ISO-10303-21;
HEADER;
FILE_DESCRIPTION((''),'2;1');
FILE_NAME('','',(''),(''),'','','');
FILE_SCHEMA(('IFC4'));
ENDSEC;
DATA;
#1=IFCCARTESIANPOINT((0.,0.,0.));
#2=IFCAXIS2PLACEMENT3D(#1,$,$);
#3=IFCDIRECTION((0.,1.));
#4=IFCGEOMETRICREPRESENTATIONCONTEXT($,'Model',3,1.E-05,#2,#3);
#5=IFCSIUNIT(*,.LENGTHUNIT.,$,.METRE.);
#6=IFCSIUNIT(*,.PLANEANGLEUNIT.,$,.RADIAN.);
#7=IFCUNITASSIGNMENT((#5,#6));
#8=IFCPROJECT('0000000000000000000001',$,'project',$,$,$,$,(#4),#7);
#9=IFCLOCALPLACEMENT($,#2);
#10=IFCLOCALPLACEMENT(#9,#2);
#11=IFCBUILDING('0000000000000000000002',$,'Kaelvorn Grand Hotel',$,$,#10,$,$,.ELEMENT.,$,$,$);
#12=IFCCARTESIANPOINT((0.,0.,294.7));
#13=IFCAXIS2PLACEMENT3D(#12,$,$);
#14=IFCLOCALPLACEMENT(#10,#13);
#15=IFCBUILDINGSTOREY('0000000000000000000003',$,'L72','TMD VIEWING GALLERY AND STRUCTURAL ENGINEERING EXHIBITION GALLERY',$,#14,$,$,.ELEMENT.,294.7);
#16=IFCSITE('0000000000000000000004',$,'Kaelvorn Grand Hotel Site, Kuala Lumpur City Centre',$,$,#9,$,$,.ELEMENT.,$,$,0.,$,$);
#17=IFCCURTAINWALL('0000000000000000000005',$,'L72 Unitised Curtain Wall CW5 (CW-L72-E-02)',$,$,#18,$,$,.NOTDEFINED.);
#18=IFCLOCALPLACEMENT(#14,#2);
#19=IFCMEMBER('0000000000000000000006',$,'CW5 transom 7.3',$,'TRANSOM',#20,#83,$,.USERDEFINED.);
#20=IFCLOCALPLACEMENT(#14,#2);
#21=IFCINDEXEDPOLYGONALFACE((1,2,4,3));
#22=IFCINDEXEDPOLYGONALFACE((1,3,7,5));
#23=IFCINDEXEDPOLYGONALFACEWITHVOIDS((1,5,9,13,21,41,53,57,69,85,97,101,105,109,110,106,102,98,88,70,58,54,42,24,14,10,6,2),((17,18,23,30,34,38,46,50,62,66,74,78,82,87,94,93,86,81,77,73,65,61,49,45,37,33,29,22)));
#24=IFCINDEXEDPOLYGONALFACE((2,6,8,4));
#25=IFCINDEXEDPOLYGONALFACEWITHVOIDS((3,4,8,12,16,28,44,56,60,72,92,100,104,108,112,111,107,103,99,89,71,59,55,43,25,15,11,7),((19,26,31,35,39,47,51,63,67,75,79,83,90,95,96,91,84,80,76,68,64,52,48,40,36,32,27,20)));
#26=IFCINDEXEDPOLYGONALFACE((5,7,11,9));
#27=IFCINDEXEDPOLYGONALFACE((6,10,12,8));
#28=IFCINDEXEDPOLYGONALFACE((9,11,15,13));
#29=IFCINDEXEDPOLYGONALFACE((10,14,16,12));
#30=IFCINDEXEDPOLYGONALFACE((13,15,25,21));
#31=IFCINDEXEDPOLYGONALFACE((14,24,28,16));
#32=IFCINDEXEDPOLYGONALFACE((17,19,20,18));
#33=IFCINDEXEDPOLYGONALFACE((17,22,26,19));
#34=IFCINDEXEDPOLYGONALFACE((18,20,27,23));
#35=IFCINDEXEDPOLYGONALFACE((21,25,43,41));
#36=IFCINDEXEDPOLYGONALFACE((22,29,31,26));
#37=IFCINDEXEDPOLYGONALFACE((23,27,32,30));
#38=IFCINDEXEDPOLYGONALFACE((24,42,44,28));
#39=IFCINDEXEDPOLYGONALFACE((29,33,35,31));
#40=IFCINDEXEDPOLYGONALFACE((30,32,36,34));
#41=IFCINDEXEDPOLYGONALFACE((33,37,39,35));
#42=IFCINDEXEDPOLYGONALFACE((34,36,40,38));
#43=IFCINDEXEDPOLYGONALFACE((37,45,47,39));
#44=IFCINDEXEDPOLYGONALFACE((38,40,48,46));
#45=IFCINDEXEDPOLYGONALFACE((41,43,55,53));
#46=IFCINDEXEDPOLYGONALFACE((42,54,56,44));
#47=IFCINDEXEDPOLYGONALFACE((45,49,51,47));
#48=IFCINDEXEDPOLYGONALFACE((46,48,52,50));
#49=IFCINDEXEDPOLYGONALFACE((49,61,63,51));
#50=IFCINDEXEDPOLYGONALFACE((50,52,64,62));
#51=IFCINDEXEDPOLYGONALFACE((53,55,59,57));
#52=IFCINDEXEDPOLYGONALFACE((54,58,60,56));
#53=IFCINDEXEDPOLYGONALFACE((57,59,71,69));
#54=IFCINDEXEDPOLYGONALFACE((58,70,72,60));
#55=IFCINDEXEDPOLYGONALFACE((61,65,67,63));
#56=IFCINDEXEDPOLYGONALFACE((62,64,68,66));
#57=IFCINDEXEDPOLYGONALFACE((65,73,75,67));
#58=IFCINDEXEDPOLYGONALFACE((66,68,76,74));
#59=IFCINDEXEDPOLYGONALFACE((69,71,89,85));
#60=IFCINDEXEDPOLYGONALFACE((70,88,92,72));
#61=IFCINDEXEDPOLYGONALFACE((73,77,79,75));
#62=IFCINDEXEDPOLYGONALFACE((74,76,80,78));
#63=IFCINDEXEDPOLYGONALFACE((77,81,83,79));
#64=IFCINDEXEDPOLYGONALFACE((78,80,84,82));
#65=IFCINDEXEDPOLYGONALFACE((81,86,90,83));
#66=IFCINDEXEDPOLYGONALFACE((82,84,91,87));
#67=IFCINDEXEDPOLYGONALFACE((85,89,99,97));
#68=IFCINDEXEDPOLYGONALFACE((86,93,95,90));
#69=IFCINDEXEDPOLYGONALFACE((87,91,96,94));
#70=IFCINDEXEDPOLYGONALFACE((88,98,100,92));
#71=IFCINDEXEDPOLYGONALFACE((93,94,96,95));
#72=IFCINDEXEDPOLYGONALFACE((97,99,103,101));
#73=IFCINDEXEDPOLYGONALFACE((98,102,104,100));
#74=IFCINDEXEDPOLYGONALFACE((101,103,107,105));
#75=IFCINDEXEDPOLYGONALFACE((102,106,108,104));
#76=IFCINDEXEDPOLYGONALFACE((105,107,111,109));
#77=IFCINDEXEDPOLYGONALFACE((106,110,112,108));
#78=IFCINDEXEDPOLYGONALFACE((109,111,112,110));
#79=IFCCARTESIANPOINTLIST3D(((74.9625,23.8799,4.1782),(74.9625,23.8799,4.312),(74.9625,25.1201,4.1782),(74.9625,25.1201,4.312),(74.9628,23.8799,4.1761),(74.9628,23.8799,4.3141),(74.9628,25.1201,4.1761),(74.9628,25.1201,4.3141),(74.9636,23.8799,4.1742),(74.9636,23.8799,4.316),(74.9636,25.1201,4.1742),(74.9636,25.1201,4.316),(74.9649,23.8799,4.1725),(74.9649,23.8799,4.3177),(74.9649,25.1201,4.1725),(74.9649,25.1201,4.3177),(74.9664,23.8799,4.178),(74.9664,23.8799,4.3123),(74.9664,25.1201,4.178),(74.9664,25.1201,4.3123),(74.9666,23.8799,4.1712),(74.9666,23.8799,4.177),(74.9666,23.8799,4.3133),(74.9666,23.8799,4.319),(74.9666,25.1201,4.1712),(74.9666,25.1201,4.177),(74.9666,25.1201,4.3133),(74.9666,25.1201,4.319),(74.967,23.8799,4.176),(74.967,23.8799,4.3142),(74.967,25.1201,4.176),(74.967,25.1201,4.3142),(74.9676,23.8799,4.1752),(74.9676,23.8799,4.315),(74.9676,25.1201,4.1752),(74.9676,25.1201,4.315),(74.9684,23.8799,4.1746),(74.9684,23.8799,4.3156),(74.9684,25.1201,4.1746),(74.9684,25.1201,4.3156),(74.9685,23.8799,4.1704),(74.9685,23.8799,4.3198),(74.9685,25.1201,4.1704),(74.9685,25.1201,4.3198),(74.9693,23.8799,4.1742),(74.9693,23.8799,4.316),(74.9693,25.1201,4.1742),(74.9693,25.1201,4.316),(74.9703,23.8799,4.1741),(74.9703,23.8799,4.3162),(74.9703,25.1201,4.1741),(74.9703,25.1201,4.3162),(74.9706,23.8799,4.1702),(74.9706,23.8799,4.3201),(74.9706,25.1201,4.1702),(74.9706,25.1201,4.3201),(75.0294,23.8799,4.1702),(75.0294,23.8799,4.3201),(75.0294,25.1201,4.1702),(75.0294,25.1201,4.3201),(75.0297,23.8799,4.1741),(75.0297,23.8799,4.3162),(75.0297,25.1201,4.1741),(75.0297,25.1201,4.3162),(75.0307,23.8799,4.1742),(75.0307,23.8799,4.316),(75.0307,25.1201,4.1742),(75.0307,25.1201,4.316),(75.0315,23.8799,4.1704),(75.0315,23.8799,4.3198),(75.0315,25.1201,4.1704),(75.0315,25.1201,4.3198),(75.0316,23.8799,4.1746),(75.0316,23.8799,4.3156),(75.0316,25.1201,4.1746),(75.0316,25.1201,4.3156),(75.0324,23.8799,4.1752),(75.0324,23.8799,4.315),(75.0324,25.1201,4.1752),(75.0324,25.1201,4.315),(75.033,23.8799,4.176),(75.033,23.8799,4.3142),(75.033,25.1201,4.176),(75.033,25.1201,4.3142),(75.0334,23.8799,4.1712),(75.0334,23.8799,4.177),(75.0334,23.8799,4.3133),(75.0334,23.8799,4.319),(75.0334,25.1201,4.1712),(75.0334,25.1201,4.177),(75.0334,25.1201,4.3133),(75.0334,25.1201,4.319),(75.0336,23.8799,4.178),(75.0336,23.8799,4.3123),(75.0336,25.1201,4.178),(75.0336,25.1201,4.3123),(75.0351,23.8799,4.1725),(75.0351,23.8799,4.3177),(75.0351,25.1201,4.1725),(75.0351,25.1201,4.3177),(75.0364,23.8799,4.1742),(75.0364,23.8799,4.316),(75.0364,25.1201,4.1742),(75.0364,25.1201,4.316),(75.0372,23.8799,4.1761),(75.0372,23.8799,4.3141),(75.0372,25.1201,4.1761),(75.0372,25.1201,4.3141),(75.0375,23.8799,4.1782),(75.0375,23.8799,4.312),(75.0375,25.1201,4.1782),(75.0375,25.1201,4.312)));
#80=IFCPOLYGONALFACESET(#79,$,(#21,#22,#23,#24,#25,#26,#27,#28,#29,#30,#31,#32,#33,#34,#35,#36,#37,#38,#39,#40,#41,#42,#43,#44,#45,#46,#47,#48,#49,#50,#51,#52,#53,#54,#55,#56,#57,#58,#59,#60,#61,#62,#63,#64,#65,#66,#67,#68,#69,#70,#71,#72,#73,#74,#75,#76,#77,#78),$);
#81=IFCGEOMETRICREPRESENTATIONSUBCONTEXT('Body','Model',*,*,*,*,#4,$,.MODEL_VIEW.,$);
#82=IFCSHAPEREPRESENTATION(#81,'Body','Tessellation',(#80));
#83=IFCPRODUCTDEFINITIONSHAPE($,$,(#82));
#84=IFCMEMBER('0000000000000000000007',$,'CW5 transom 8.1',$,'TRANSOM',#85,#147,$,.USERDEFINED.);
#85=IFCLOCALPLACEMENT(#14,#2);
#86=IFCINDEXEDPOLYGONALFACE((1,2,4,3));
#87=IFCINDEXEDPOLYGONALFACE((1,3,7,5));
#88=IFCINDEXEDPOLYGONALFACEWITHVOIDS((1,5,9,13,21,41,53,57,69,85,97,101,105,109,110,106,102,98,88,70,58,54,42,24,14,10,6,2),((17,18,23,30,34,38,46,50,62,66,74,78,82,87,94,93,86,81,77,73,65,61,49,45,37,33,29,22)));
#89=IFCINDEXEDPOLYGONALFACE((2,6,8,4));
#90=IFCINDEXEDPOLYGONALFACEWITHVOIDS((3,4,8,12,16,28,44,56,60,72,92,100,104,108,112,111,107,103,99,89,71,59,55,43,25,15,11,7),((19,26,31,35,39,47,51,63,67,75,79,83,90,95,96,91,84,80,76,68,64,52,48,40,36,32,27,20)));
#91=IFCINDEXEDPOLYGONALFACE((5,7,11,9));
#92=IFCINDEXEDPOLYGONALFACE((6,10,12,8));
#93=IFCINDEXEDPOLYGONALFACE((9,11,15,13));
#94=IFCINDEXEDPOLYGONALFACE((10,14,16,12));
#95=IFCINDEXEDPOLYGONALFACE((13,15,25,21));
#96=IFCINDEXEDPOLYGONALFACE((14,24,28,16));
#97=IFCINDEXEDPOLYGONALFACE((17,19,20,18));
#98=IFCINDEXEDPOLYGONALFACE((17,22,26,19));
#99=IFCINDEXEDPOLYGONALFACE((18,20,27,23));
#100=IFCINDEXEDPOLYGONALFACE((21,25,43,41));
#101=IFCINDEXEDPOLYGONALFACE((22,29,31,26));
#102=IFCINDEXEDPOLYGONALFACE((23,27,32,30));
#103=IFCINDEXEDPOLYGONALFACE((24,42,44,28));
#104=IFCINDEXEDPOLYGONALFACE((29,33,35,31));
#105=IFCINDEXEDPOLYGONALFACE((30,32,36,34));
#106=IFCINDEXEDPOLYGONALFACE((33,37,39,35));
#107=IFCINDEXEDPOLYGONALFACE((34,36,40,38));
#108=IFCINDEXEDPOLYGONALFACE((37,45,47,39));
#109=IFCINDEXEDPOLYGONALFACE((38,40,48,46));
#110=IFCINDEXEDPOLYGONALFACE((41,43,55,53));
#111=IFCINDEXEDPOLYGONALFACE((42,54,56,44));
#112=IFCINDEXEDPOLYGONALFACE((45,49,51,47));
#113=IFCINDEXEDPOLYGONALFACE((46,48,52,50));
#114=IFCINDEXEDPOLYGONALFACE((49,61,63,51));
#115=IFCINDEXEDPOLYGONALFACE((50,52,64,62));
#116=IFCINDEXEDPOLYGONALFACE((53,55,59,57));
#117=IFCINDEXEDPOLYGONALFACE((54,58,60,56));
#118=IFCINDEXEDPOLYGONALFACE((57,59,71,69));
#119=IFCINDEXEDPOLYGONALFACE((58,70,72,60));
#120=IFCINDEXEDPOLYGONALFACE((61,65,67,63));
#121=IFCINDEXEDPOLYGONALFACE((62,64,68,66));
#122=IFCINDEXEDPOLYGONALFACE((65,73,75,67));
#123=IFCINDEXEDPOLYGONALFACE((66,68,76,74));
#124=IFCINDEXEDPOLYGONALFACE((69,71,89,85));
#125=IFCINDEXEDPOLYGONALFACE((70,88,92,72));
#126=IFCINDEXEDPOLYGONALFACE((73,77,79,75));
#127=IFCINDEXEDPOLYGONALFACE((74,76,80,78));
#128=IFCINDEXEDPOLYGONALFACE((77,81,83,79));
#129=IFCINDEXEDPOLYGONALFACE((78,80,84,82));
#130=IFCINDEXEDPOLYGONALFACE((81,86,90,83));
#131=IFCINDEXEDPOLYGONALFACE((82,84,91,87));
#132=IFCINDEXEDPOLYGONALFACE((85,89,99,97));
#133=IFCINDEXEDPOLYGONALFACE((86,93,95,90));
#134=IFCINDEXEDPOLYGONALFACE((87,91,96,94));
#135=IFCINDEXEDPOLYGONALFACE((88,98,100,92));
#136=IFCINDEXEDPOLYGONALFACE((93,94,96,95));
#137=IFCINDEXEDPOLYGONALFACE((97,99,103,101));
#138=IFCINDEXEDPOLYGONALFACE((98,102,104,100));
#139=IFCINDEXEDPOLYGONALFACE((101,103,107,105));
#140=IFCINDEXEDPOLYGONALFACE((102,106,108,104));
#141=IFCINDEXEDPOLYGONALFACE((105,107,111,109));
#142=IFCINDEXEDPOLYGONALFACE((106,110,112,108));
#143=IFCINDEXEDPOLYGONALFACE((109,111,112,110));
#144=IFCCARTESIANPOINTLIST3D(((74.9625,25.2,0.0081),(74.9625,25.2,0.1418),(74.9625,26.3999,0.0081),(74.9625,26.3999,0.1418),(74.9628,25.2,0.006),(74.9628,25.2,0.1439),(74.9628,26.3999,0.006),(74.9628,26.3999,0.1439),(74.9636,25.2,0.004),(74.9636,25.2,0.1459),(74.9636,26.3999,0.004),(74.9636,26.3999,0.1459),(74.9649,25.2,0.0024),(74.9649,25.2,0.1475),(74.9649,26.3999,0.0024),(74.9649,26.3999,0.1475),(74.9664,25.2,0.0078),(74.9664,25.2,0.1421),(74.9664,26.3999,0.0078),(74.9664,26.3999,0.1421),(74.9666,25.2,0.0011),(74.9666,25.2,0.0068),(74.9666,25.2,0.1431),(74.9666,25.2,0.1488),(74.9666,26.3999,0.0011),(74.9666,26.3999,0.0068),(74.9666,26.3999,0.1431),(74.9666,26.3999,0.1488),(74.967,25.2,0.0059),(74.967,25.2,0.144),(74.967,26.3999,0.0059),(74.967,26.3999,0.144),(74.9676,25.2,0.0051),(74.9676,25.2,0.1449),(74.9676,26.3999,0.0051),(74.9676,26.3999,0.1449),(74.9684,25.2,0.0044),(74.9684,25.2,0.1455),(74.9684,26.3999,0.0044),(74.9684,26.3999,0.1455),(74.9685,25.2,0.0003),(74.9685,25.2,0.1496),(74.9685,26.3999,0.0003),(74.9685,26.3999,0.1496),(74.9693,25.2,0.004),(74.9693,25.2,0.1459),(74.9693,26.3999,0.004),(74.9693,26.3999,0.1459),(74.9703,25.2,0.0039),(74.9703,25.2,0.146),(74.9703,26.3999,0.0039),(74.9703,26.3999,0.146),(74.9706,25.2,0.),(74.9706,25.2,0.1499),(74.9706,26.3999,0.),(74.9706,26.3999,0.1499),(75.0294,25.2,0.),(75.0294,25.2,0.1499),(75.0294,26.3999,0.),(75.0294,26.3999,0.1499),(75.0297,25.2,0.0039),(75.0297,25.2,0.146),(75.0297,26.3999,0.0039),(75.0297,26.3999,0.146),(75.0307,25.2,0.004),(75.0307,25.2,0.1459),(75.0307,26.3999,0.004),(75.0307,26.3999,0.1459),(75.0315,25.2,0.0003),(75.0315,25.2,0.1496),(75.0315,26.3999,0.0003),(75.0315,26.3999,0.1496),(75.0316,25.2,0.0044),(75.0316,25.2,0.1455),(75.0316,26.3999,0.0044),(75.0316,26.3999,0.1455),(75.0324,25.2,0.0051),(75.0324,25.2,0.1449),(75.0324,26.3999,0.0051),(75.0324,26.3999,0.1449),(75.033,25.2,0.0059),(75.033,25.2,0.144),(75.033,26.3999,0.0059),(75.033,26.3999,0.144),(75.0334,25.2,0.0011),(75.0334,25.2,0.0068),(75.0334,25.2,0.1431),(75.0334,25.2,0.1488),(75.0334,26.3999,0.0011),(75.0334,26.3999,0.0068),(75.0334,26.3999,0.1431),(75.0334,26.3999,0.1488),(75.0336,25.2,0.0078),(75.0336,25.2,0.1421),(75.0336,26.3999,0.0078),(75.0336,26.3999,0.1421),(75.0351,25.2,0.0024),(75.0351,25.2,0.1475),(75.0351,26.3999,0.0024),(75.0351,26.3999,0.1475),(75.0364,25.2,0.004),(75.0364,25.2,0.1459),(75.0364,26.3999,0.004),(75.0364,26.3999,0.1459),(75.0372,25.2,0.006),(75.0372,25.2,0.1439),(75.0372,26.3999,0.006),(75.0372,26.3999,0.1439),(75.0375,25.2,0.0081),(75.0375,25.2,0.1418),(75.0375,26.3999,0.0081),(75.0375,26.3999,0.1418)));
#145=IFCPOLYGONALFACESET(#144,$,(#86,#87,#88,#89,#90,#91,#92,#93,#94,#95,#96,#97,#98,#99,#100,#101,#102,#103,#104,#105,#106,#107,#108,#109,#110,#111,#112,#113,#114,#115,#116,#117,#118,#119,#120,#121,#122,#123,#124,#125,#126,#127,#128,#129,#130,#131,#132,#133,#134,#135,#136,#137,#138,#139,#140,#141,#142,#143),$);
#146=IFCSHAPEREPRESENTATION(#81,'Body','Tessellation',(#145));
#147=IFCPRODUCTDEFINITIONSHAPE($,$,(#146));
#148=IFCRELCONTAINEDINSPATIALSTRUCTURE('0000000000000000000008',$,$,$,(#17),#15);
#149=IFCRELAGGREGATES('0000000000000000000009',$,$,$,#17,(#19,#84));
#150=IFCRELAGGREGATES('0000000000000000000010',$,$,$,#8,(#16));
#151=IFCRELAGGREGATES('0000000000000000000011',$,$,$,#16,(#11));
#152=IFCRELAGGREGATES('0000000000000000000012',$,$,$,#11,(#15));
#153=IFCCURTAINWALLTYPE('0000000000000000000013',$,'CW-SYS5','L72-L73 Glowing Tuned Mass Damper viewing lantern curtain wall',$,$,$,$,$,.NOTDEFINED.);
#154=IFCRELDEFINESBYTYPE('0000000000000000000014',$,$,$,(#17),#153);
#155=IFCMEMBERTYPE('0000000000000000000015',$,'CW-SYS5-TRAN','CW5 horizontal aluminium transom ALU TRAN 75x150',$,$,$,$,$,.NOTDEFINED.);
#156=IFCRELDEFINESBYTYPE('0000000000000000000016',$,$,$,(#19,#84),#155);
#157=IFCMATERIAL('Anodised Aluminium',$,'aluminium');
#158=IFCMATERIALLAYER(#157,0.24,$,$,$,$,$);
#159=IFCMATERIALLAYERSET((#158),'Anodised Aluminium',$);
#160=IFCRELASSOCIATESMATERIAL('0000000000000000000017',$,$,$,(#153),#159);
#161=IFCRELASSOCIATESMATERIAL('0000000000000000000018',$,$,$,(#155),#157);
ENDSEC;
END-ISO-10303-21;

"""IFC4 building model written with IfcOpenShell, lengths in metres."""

from ifc_helpers import new_model, si_unit, direction, frame, origin, origin_2d, place, context, subcontext, project, spatial, hollow_rectangle, extrude, material, layer, layer_set, material_profile, profile_set, type_object, element, aggregate, save


model = new_model("IFC4")

# Units and contexts
model_context = context("Model", 3, precision=1e-05, world=origin(), true_north=direction((0.0, 1.0)))
body_context = subcontext(model_context, "Body", "Model", "MODEL_VIEW")
ifc_project = project(units=[si_unit("LENGTHUNIT", "METRE"), si_unit("PLANEANGLEUNIT", "RADIAN")], contexts=[model_context])

# Site, building, storey
site_placement = place(None, origin())
site = spatial("IfcSite", under=ifc_project, at=site_placement, Name="Kaelvorn Grand Hotel Site, Kuala Lumpur City Centre", CompositionType="ELEMENT", RefElevation=0.0)
building_placement = place(site_placement, origin())
building = spatial("IfcBuilding", under=site, at=building_placement, Name="Kaelvorn Grand Hotel", CompositionType="ELEMENT")
storey_placement = place(building_placement, frame((0.0, 0.0, 294.7)))
storey = spatial("IfcBuildingStorey", under=building, at=storey_placement, Name="L72", Description="TMD VIEWING GALLERY AND STRUCTURAL ENGINEERING EXHIBITION GALLERY", CompositionType="ELEMENT", Elevation=294.7)

# Curtain wall, members
ifc_material_1 = material(Name="Anodised Aluminium", Category="aluminium")
ifc_layer_1 = layer(ifc_material_1, 0.24)
ifc_layer_set_1 = layer_set([ifc_layer_1], Name="Anodised Aluminium")
curtain_wall_type = type_object("IfcCurtainWallType", Name="CW-SYS5", Description="L72-L73 Glowing Tuned Mass Damper viewing lantern curtain wall", PredefinedType="NOTDEFINED", material=ifc_layer_set_1)
curtain_wall_placement = place(storey_placement, origin())
curtain_wall = element("IfcCurtainWall", 1, at=curtain_wall_placement, inside=storey, type_object=curtain_wall_type, Name="L72 Unitised Curtain Wall CW5 (CW-L72-E-02)", PredefinedType="NOTDEFINED")
ifc_material_profile_1 = material_profile(ifc_material_1, hollow_rectangle(XDim=0.075, YDim=0.1499, WallThickness=0.0039, InnerFilletRadius=0.0039, OuterFilletRadius=0.0081, at=origin_2d()), Name="ALU TRAN 75x150")
ifc_profile_set_1 = profile_set([ifc_material_profile_1], Name="Anodised Aluminium")
member_type_1 = type_object("IfcMemberType", Name="CW-SYS5-TRAN", Description="CW5 horizontal aluminium transom ALU TRAN 75x150", PredefinedType="NOTDEFINED", material=ifc_profile_set_1)
member_1_placement = place(storey_placement, frame((75.0, 23.8799, 4.2451), z_axis=(0.0, 1.0, 0.0), x_axis=(-1.0, 0.0, 0.0)))
member_1 = element("IfcMember", 2, at=member_1_placement, type_object=member_type_1, Name="CW5 transom 7.3", ObjectType="TRANSOM", PredefinedType="USERDEFINED", context=body_context, shape_type="SweptSolid", body=[
    extrude(hollow_rectangle(XDim=0.075, YDim=0.1499, WallThickness=0.0039, InnerFilletRadius=0.0039, OuterFilletRadius=0.0081, at=origin_2d()), origin(), (0.0, 0.0, 1.0), 1.2402),
])
member_2_placement = place(storey_placement, frame((75.0, 25.2, 0.075), z_axis=(0.0, 1.0, 0.0), x_axis=(-1.0, 0.0, 0.0)))
member_2 = element("IfcMember", 3, at=member_2_placement, type_object=member_type_1, Name="CW5 transom 8.1", ObjectType="TRANSOM", PredefinedType="USERDEFINED", context=body_context, shape_type="SweptSolid", body=[
    extrude(hollow_rectangle(XDim=0.075, YDim=0.1499, WallThickness=0.0039, InnerFilletRadius=0.0039, OuterFilletRadius=0.0081, at=origin_2d()), origin(), (0.0, 0.0, 1.0), 1.2),
])
aggregate(curtain_wall, [member_1, member_2])

save(model, "model.ifc")
